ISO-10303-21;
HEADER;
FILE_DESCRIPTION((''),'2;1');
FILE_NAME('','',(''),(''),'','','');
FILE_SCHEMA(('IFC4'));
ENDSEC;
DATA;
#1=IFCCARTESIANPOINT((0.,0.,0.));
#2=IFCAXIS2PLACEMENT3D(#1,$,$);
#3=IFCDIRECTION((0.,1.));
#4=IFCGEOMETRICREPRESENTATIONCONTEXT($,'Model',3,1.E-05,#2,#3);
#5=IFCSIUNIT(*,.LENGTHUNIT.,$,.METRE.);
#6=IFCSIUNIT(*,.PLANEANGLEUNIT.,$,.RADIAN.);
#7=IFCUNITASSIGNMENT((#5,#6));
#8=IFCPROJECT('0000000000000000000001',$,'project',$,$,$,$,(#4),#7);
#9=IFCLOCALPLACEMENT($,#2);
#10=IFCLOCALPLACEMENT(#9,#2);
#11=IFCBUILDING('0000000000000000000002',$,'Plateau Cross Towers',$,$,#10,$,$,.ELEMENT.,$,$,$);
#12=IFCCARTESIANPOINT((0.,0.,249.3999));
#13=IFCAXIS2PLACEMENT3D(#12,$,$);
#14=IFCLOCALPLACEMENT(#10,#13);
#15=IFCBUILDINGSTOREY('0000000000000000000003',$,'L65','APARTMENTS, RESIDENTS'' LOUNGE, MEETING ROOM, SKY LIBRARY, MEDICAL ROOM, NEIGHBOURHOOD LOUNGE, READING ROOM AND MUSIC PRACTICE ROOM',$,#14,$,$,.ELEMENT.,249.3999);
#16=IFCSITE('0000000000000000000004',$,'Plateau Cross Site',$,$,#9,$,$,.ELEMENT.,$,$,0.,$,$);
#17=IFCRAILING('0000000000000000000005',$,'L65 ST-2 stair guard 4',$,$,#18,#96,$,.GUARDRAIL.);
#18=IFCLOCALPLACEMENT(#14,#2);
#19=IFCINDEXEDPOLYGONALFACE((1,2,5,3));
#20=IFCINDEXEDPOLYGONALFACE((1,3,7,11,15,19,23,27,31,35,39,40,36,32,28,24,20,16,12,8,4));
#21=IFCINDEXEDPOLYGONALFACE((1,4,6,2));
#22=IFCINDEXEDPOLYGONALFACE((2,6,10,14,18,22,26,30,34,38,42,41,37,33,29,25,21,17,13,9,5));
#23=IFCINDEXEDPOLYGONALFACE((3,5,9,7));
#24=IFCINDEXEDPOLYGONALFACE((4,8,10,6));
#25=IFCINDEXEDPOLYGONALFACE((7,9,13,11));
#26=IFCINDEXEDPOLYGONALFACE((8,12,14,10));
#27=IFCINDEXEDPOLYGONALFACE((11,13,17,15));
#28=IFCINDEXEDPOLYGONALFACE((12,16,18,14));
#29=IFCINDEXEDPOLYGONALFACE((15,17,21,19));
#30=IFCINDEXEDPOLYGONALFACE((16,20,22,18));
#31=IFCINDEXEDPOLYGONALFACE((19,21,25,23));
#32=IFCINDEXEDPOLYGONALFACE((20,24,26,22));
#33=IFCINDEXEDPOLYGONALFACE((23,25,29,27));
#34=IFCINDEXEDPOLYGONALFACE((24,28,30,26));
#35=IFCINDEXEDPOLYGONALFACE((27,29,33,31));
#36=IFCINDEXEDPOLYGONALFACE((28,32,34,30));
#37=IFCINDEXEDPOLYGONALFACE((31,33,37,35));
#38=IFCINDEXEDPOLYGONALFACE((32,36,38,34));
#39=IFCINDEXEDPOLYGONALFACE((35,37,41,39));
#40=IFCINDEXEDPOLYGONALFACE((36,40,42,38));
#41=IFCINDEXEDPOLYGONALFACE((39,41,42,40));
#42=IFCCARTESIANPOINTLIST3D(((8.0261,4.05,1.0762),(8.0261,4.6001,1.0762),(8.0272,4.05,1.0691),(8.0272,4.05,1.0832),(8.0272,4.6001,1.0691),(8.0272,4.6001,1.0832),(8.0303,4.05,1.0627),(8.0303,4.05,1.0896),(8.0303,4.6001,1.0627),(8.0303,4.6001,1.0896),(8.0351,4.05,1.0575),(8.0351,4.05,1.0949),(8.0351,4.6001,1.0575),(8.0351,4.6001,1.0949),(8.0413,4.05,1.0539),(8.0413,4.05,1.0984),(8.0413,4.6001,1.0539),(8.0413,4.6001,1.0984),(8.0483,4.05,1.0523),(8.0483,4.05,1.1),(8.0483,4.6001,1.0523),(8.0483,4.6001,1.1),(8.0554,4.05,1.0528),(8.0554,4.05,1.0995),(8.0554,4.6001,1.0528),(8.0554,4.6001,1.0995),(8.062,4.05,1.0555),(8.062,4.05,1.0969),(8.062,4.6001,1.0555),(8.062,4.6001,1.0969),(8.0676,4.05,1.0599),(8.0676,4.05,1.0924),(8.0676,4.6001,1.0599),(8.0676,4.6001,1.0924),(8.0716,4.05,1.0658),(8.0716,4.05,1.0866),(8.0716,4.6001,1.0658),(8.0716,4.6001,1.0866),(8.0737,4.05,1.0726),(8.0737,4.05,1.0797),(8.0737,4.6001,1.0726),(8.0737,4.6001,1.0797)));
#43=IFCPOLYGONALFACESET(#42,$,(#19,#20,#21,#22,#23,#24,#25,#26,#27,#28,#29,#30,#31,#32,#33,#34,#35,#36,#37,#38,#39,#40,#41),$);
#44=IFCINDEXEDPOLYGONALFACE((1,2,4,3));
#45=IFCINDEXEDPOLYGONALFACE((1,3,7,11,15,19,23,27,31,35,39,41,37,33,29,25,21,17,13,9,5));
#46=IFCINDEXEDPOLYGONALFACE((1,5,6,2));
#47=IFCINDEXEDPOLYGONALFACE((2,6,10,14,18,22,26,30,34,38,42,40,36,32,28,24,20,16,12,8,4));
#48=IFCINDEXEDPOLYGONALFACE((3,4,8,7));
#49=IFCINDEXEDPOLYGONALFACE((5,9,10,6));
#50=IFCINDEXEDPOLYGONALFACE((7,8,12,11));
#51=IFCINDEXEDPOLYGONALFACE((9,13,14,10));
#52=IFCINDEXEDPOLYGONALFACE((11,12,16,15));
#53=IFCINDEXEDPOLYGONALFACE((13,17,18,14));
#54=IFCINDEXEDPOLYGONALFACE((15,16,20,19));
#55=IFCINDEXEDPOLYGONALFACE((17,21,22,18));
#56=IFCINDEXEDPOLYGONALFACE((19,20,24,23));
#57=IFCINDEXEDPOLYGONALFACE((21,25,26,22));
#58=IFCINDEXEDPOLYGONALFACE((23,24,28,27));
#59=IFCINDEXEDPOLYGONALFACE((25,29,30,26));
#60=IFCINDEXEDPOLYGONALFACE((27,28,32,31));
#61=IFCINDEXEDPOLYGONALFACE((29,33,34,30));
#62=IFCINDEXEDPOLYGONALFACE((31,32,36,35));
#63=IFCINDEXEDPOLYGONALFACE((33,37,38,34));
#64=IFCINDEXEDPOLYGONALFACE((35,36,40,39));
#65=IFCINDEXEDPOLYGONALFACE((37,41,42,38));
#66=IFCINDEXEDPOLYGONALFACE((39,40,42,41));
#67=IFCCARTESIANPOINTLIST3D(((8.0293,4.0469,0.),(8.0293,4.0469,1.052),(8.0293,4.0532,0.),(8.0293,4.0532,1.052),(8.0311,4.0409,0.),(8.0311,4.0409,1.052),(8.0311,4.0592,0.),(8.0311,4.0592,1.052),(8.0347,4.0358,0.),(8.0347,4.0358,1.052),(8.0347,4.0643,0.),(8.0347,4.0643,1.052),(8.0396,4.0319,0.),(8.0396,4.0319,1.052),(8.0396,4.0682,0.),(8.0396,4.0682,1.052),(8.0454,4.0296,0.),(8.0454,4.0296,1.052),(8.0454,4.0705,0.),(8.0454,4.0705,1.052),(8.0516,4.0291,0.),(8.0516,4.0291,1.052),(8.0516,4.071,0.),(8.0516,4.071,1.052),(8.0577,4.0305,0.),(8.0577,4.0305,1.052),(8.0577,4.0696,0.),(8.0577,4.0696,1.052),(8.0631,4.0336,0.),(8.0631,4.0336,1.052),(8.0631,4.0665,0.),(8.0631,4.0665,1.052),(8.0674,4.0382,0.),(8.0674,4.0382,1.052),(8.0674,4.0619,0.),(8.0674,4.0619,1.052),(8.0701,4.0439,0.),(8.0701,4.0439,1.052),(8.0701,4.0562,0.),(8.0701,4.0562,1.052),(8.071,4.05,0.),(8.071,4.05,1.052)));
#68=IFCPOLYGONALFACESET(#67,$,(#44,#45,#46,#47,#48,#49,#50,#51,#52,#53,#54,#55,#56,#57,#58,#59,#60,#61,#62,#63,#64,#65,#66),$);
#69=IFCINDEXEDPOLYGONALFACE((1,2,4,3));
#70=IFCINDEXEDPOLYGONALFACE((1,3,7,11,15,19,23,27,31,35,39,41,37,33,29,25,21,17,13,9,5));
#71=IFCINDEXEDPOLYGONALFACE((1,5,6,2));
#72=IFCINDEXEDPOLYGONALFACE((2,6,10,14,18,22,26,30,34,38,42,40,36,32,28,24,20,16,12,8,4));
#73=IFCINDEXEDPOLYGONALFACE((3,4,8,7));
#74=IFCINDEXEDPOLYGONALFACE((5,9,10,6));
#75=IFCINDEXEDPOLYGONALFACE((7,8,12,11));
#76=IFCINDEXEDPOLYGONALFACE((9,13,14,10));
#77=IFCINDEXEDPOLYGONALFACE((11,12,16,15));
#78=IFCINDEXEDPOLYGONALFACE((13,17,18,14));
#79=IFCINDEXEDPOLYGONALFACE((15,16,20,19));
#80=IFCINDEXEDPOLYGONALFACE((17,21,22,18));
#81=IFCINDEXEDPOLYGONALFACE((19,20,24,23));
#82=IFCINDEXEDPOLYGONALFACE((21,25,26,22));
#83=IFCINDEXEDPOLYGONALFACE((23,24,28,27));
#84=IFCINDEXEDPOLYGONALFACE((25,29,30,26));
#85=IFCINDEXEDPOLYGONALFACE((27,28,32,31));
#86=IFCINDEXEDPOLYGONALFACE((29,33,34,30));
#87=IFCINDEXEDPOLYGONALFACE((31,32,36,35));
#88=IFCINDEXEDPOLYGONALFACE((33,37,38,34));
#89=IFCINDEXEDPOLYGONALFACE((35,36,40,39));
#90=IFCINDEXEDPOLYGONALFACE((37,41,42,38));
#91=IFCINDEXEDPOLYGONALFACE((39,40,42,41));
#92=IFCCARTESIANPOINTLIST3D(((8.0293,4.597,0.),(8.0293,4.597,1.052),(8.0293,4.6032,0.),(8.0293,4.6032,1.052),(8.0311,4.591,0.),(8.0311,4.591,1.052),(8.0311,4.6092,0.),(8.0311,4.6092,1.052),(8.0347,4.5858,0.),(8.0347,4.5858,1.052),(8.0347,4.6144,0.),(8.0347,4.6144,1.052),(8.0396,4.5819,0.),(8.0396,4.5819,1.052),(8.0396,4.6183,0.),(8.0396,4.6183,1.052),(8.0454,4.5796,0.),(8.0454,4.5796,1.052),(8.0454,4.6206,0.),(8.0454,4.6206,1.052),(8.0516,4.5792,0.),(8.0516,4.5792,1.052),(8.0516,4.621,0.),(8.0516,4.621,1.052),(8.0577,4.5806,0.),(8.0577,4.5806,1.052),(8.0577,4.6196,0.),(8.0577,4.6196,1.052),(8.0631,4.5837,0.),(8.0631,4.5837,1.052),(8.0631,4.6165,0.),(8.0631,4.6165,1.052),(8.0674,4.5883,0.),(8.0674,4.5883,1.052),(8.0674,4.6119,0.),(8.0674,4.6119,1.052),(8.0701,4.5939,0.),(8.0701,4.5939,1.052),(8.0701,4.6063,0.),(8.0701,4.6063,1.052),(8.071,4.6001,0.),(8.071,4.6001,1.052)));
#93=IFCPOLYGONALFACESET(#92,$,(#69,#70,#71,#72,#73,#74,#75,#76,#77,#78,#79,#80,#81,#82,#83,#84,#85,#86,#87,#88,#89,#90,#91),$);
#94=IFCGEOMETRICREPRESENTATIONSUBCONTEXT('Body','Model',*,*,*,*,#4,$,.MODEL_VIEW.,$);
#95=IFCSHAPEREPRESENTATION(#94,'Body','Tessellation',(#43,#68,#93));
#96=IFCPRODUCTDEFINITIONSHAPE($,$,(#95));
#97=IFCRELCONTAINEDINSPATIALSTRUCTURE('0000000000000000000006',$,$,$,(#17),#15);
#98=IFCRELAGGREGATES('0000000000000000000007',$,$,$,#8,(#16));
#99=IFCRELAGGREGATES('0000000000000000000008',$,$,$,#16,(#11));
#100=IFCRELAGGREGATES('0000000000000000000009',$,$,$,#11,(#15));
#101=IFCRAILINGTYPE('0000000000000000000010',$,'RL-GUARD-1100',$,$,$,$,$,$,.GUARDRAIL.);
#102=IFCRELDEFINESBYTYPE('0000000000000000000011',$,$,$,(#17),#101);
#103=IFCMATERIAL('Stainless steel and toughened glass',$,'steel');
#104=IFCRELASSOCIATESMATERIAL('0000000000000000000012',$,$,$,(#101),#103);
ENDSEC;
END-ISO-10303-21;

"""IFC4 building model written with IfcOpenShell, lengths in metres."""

from ifc_helpers import new_model, si_unit, direction, frame, origin, origin_2d, place, context, subcontext, project, spatial, circle, extrude, material, type_object, element, save


model = new_model("IFC4")

# Units and contexts
model_context = context("Model", 3, precision=1e-05, world=origin(), true_north=direction((0.0, 1.0)))
body_context = subcontext(model_context, "Body", "Model", "MODEL_VIEW")
ifc_project = project(units=[si_unit("LENGTHUNIT", "METRE"), si_unit("PLANEANGLEUNIT", "RADIAN")], contexts=[model_context])

# Site, building, storey
site_placement = place(None, origin())
site = spatial("IfcSite", under=ifc_project, at=site_placement, Name="Plateau Cross Site", CompositionType="ELEMENT", RefElevation=0.0)
building_placement = place(site_placement, origin())
building = spatial("IfcBuilding", under=site, at=building_placement, Name="Plateau Cross Towers", CompositionType="ELEMENT")
storey_placement = place(building_placement, frame((0.0, 0.0, 249.3999)))
storey = spatial("IfcBuildingStorey", under=building, at=storey_placement, Name="L65", Description="APARTMENTS, RESIDENTS' LOUNGE, MEETING ROOM, SKY LIBRARY, MEDICAL ROOM, NEIGHBOURHOOD LOUNGE, READING ROOM AND MUSIC PRACTICE ROOM", CompositionType="ELEMENT", Elevation=249.3999)

# Railing
ifc_material_1 = material(Name="Stainless steel and toughened glass", Category="steel")
railing_type_1 = type_object("IfcRailingType", Name="RL-GUARD-1100", PredefinedType="GUARDRAIL", material=ifc_material_1)
railing_1_placement = place(storey_placement, frame((8.05, 4.05, 0.0)))
element("IfcRailing", 1, at=railing_1_placement, inside=storey, type_object=railing_type_1, Name="L65 ST-2 stair guard 4", PredefinedType="GUARDRAIL", context=body_context, shape_type="SweptSolid", body=[
    extrude(circle(Radius=0.0239, at=origin_2d()), frame((0.0, 0.0, 1.0762), z_axis=(0.0, 1.0, 0.0), x_axis=(-1.0, 0.0, 0.0)), (0.0, 0.0, 1.0), 0.55),
    extrude(circle(Radius=0.021, at=origin_2d()), origin(), (0.0, 0.0, 1.0), 1.052),
    extrude(circle(Radius=0.021, at=origin_2d()), frame((0.0, 0.55, 0.0)), (0.0, 0.0, 1.0), 1.052),
])

save(model, "model.ifc")
